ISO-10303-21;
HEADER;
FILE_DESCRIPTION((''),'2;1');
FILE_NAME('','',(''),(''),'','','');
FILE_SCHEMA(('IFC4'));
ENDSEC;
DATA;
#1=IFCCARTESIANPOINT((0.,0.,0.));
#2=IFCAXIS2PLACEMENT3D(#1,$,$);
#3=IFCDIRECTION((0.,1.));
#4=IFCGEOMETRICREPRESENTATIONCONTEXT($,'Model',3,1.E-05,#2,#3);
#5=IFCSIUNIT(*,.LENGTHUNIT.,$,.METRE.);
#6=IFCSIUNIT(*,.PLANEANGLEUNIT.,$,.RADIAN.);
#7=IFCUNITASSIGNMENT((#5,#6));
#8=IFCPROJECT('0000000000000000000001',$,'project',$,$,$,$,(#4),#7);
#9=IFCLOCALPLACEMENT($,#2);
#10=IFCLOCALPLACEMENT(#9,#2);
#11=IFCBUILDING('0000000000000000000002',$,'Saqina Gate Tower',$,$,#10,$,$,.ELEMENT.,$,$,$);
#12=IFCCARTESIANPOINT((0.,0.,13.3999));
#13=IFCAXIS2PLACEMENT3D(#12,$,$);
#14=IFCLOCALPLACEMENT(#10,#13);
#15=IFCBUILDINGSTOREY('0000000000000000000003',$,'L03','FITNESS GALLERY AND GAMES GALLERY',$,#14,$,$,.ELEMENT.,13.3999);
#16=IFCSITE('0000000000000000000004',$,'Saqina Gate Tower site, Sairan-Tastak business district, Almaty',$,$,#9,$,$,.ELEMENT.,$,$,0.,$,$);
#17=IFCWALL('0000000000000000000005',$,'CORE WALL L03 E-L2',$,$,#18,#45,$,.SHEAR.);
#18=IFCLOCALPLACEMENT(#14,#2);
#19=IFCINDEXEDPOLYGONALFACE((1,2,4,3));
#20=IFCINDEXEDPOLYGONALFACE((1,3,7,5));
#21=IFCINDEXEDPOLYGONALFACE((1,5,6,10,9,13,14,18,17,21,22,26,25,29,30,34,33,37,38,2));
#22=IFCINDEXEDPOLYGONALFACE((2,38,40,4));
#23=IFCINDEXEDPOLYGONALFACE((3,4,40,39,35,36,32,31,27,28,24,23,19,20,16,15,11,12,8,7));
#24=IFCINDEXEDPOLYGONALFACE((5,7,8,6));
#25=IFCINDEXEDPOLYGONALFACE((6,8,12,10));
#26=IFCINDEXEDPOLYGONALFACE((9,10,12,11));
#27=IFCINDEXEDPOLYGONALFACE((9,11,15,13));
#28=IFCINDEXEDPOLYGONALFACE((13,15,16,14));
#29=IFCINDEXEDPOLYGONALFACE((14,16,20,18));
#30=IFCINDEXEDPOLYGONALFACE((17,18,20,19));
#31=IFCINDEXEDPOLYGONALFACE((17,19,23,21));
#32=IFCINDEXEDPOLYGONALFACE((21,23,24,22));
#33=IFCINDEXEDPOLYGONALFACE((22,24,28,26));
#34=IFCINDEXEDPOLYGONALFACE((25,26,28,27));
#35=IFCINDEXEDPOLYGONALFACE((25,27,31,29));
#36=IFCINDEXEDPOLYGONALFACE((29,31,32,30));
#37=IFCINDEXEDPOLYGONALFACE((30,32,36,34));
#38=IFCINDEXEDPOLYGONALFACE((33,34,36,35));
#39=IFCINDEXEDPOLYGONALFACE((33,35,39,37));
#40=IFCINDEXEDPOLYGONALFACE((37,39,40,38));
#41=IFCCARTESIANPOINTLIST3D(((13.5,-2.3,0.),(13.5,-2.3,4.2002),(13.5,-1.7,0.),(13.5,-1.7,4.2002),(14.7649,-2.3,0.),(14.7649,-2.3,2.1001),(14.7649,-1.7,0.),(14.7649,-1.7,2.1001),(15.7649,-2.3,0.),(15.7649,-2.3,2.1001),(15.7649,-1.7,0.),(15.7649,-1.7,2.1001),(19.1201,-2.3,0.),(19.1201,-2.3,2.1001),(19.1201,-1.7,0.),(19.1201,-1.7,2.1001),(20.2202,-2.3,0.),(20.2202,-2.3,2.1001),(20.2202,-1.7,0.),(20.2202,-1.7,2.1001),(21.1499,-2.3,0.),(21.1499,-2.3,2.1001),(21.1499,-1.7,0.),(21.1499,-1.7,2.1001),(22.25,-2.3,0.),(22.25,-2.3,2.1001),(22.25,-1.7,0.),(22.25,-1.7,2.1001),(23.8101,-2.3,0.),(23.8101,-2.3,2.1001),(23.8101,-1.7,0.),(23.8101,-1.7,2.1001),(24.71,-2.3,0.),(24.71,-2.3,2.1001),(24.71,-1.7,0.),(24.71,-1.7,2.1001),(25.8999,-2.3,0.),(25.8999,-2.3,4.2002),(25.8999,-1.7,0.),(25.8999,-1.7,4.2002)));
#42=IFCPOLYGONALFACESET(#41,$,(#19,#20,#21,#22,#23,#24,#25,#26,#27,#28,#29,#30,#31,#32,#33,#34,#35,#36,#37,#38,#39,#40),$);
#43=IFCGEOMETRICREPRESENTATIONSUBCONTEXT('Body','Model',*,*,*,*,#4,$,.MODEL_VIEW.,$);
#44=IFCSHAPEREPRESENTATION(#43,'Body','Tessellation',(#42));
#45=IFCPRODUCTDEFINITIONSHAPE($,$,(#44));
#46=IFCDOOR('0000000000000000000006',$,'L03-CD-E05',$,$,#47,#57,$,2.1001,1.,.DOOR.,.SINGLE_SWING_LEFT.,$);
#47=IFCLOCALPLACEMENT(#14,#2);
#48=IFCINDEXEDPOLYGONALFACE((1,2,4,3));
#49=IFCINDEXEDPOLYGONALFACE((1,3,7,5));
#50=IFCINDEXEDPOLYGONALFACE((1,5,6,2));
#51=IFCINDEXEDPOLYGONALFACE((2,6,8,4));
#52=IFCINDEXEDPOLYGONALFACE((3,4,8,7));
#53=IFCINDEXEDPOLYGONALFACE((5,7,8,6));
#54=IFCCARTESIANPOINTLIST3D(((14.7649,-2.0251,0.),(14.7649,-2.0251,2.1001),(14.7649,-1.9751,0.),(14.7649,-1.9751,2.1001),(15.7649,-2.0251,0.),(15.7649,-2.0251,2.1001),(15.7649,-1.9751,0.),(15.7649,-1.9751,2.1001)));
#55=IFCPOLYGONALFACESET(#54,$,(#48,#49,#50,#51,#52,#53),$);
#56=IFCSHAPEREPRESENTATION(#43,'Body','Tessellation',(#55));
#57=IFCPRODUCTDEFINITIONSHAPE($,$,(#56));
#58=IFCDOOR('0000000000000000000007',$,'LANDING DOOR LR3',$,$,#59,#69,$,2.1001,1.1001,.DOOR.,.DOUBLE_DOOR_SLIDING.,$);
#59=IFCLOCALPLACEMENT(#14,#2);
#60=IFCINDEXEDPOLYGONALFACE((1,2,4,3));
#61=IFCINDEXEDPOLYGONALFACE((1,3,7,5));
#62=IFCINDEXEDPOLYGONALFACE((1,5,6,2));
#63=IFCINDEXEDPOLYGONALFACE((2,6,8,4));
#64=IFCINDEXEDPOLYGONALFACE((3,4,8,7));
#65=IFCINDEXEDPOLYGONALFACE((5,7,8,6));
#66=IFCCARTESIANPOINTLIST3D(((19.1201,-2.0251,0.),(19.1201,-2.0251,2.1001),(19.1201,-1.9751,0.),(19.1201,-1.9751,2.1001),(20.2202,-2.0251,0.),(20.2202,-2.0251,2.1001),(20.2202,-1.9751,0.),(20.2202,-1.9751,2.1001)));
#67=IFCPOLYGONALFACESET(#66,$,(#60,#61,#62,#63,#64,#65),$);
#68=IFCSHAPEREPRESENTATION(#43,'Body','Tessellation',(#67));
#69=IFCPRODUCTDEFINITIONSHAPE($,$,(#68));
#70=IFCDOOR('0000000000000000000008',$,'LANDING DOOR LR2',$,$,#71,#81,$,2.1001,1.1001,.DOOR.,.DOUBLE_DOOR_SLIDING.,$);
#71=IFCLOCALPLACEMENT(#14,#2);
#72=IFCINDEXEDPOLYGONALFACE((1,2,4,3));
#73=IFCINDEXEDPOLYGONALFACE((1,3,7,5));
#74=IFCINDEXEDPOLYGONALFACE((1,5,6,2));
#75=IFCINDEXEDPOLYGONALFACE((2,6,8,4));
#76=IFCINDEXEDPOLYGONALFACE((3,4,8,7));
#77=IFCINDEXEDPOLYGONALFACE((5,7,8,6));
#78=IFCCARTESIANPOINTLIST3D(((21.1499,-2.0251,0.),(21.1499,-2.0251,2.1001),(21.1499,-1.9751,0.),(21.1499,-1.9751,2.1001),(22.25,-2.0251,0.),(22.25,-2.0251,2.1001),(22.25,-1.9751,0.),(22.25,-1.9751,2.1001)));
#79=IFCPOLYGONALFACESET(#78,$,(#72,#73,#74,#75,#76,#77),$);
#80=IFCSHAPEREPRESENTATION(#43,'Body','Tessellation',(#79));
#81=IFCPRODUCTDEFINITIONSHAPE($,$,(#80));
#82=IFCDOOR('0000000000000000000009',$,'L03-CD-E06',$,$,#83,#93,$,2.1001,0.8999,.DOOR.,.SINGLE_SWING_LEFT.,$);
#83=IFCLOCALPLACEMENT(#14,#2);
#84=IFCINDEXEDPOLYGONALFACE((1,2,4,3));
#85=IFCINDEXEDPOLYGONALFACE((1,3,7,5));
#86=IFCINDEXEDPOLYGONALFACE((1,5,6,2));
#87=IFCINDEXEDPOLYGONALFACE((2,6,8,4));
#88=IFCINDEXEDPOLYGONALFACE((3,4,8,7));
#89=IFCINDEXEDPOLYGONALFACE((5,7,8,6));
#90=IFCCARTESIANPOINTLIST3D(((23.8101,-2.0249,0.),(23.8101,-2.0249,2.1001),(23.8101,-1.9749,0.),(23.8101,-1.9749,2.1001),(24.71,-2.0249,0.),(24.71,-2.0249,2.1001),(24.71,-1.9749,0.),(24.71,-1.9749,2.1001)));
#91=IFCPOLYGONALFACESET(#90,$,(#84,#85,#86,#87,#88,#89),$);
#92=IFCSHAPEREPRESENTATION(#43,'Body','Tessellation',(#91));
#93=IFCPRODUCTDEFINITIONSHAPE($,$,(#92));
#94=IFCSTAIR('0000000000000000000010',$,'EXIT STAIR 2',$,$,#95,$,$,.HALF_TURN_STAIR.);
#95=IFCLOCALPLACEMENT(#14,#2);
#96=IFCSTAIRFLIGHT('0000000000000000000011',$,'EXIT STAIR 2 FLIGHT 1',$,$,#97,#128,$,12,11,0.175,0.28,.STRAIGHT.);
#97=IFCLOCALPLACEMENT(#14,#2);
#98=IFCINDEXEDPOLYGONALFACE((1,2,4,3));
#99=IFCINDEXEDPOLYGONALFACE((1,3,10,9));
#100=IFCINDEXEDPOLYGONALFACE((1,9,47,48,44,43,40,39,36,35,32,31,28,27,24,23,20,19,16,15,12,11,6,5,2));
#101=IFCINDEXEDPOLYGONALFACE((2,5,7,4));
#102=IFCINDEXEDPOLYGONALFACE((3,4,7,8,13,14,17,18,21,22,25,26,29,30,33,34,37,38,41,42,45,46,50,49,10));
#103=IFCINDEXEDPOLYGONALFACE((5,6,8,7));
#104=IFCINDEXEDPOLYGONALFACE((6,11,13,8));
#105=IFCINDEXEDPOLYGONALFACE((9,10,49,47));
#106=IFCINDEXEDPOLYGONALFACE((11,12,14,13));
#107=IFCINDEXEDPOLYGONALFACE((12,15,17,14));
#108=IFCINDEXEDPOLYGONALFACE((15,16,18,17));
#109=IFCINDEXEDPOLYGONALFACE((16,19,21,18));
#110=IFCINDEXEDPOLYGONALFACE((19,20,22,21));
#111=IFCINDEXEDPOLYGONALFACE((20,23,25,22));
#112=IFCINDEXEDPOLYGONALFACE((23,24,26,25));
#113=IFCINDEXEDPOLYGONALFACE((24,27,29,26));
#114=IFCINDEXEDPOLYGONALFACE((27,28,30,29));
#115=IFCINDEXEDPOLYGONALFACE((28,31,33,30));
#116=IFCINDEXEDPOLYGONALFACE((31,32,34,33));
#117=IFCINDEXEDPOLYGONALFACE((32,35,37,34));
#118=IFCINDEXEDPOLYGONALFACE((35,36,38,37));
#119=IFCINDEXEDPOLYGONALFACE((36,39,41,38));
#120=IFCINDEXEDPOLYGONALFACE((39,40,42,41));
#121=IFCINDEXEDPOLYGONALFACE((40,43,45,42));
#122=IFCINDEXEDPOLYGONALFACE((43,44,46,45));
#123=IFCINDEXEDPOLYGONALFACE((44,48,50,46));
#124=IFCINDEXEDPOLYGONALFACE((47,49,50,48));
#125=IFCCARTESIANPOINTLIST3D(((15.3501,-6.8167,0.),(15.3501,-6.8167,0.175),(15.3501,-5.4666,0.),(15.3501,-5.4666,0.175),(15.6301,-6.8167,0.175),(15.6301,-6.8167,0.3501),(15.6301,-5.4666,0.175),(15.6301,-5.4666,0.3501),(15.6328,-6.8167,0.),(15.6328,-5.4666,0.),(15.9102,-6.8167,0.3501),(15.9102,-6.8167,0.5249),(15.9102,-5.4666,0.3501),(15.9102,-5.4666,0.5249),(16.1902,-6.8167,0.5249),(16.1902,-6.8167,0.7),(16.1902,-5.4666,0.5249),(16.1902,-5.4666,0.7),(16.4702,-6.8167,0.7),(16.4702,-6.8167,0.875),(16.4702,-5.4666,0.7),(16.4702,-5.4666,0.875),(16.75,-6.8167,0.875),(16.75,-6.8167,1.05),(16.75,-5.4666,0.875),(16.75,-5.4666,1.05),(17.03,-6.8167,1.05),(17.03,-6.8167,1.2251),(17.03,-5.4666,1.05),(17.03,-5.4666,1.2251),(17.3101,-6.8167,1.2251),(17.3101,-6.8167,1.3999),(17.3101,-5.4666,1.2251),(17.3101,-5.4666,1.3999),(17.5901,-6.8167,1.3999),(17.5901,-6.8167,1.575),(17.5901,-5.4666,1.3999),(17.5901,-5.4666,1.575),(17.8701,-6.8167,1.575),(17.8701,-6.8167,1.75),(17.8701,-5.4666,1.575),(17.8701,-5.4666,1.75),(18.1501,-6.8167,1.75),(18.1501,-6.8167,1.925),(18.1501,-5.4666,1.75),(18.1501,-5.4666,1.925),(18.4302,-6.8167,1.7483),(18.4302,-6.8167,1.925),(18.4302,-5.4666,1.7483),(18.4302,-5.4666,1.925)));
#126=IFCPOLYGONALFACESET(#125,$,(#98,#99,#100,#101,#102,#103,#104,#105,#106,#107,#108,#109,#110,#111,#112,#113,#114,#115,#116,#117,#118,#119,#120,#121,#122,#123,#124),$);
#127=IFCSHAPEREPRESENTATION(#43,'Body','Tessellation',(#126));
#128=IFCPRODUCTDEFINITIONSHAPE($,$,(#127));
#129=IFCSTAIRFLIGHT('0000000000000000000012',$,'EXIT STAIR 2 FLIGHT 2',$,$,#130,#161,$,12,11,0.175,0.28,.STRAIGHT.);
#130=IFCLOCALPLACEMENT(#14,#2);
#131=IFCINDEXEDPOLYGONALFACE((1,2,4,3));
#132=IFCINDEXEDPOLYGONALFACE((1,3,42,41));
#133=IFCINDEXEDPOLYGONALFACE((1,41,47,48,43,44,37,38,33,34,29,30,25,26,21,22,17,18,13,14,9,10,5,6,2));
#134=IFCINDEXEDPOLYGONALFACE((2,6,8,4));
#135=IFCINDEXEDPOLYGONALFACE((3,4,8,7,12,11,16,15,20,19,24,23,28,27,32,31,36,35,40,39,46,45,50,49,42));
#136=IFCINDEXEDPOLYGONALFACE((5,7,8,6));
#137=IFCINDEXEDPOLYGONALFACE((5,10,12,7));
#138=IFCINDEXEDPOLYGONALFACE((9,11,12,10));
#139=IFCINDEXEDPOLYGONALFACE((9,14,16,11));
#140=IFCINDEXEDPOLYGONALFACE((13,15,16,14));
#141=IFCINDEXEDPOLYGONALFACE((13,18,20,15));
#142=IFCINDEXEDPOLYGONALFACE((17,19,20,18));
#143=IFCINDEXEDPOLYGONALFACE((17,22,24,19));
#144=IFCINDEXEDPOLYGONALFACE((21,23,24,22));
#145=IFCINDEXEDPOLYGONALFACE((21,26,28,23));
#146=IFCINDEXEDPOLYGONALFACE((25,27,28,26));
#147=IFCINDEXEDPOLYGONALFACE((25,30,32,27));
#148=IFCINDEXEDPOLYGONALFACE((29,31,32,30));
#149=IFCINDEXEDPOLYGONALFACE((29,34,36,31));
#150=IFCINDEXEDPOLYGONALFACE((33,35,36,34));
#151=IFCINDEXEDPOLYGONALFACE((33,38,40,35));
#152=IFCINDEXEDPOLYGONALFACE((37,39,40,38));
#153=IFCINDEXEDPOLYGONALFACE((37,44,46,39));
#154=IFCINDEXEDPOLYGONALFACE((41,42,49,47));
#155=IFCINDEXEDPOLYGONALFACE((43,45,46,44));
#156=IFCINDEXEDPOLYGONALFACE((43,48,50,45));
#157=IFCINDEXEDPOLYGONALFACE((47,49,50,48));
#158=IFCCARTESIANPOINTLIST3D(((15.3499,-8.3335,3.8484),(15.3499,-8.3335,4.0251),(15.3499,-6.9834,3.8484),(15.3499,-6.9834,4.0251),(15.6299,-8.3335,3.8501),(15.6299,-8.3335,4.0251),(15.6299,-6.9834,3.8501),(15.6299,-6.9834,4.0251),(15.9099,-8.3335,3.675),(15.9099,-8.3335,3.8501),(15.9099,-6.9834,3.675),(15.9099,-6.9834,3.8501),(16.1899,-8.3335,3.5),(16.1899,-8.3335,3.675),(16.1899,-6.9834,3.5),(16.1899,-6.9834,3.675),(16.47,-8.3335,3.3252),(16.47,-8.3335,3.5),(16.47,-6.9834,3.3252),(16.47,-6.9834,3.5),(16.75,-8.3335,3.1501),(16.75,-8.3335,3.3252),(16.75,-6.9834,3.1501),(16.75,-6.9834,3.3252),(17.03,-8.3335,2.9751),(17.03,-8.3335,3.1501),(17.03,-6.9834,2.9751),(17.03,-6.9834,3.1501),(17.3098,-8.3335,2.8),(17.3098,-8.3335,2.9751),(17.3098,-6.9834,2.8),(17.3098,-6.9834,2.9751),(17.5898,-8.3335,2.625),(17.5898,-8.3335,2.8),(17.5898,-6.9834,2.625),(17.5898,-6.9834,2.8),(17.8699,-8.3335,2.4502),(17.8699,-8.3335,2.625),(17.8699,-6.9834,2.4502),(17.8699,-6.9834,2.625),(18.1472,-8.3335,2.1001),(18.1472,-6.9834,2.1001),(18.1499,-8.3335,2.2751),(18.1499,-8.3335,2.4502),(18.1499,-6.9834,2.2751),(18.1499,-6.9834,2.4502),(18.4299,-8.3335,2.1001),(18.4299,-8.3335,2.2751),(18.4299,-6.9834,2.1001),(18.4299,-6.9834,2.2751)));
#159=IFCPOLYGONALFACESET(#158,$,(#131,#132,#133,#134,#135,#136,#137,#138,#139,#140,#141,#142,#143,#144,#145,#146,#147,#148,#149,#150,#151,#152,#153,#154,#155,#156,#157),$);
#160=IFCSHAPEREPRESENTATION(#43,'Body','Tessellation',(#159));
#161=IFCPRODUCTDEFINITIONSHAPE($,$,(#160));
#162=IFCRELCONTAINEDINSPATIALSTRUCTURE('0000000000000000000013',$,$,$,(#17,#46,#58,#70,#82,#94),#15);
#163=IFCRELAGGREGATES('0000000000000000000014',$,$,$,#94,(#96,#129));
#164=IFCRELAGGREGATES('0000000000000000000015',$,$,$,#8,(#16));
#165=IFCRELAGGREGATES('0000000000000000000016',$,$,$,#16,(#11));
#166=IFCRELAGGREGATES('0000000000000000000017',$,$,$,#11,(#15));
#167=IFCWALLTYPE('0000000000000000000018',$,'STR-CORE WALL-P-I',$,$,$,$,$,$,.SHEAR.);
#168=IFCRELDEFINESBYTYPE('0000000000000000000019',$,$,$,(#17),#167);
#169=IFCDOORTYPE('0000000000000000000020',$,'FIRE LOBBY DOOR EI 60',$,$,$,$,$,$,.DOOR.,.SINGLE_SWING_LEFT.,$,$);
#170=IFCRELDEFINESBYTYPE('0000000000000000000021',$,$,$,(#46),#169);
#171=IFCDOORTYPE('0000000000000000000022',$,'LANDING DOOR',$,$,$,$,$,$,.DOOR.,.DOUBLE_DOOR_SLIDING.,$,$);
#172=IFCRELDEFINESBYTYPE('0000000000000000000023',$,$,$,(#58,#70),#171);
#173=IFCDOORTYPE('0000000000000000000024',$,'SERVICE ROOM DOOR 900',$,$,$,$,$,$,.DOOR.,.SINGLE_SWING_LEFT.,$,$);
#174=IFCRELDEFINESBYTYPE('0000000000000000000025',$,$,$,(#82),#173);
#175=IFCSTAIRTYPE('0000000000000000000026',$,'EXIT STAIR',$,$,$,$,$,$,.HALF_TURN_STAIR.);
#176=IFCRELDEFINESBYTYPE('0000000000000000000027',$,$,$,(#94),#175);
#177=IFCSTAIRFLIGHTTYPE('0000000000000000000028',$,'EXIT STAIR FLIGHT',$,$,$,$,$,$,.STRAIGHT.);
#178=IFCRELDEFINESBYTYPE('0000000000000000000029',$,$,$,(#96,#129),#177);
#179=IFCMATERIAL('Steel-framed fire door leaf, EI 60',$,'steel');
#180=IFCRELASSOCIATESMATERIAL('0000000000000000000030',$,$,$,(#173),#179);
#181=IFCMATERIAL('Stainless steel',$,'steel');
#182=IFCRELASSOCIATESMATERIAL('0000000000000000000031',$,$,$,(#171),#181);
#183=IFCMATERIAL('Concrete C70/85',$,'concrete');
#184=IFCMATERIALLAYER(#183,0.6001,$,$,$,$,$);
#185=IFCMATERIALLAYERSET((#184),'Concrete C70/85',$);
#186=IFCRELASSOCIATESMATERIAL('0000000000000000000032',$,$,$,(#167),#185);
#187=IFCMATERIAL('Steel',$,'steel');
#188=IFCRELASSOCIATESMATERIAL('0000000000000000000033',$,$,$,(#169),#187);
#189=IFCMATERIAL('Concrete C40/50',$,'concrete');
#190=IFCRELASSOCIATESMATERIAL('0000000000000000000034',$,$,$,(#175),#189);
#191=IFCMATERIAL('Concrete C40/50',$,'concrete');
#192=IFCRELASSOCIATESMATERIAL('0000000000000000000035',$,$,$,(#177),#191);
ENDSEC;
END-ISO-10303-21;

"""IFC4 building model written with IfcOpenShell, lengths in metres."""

from ifc_helpers import new_model, si_unit, direction, frame, frame_2d, origin, place, context, subcontext, project, spatial, polyline, rectangle, outline, extrude, material, layer, layer_set, type_object, element, fill, aggregate, save


model = new_model("IFC4")

# Units and contexts
model_context = context("Model", 3, precision=1e-05, world=origin(), true_north=direction((0.0, 1.0)))
body_context = subcontext(model_context, "Body", "Model", "MODEL_VIEW")
ifc_project = project(units=[si_unit("LENGTHUNIT", "METRE"), si_unit("PLANEANGLEUNIT", "RADIAN")], contexts=[model_context])

# Site, building, storey
site_placement = place(None, origin())
site = spatial("IfcSite", under=ifc_project, at=site_placement, Name="Saqina Gate Tower site, Sairan-Tastak business district, Almaty", CompositionType="ELEMENT", RefElevation=0.0)
building_placement = place(site_placement, origin())
building = spatial("IfcBuilding", under=site, at=building_placement, Name="Saqina Gate Tower", CompositionType="ELEMENT")
storey_placement = place(building_placement, frame((0.0, 0.0, 13.3999)))
storey = spatial("IfcBuildingStorey", under=building, at=storey_placement, Name="L03", Description="FITNESS GALLERY AND GAMES GALLERY", CompositionType="ELEMENT", Elevation=13.3999)

# Shared definitions
ifc_material_1 = material(Name="Steel-framed fire door leaf, EI 60", Category="steel")
door_type_1 = type_object("IfcDoorType", Name="SERVICE ROOM DOOR 900", OperationType="SINGLE_SWING_LEFT", PredefinedType="DOOR", material=ifc_material_1)
ifc_material_2 = material(Name="Stainless steel", Category="steel")
door_type_2 = type_object("IfcDoorType", Name="LANDING DOOR", OperationType="DOUBLE_DOOR_SLIDING", PredefinedType="DOOR", material=ifc_material_2)

# Wall, openings, doors
ifc_material_3 = material(Name="Concrete C70/85", Category="concrete")
ifc_layer_1 = layer(ifc_material_3, 0.6001)
ifc_layer_set_1 = layer_set([ifc_layer_1], Name="Concrete C70/85")
wall_type_1 = type_object("IfcWallType", Name="STR-CORE WALL-P-I", PredefinedType="SHEAR", material=ifc_layer_set_1)
wall_1_placement = place(storey_placement, frame((13.5, -2.0, 0.0), z_axis=(0.0, 0.0, 1.0), x_axis=(1.0, 0.0, 0.0)))
wall_1 = element("IfcWall", 1, at=wall_1_placement, inside=storey, type_object=wall_type_1, Name="CORE WALL L03 E-L2", PredefinedType="SHEAR", context=body_context, shape_type="SweptSolid", body=[
    extrude(rectangle(XDim=12.3999, YDim=0.6001, at=frame_2d((6.2, 0.0))), origin(), (0.0, 0.0, 1.0), 4.2002),
])
opening_1_placement = place(wall_1_placement, frame((5.6201, 0.0, 0.0)))
opening_1 = element("IfcOpeningElement", 2, at=opening_1_placement, cuts=wall_1, PredefinedType="OPENING", context=body_context, shape_type="SweptSolid", body=[
    extrude(rectangle(XDim=1.1001, YDim=2.1001, at=frame_2d((0.55, 1.05))), frame((0.0, 0.312, 0.0), z_axis=(0.0, -1.0, 0.0), x_axis=(1.0, 0.0, 0.0)), (0.0, 0.0, 1.0), 0.624),
])
opening_2_placement = place(wall_1_placement, frame((7.6499, 0.0, 0.0)))
opening_2 = element("IfcOpeningElement", 3, at=opening_2_placement, cuts=wall_1, PredefinedType="OPENING", context=body_context, shape_type="SweptSolid", body=[
    extrude(rectangle(XDim=1.1001, YDim=2.1001, at=frame_2d((0.55, 1.05))), frame((0.0, 0.312, 0.0), z_axis=(0.0, -1.0, 0.0), x_axis=(1.0, 0.0, 0.0)), (0.0, 0.0, 1.0), 0.624),
])
opening_3_placement = place(wall_1_placement, frame((1.2649, 0.0, 0.0)))
opening_3 = element("IfcOpeningElement", 4, at=opening_3_placement, cuts=wall_1, PredefinedType="OPENING", context=body_context, shape_type="SweptSolid", body=[
    extrude(rectangle(XDim=1.0, YDim=2.1001, at=frame_2d((0.5, 1.05))), frame((0.0, 0.312, 0.0), z_axis=(0.0, -1.0, 0.0), x_axis=(1.0, 0.0, 0.0)), (0.0, 0.0, 1.0), 0.624),
])
opening_4_placement = place(wall_1_placement, frame((10.3101, 0.0, 0.0)))
opening_4 = element("IfcOpeningElement", 5, at=opening_4_placement, cuts=wall_1, PredefinedType="OPENING", context=body_context, shape_type="SweptSolid", body=[
    extrude(rectangle(XDim=0.8999, YDim=2.1001, at=frame_2d((0.45, 1.05))), frame((0.0, 0.312, 0.0), z_axis=(0.0, -1.0, 0.0), x_axis=(1.0, 0.0, 0.0)), (0.0, 0.0, 1.0), 0.624),
])
ifc_material_4 = material(Name="Steel", Category="steel")
door_type_3 = type_object("IfcDoorType", Name="FIRE LOBBY DOOR EI 60", OperationType="SINGLE_SWING_LEFT", PredefinedType="DOOR", material=ifc_material_4)
door_1_placement = place(opening_3_placement, origin())
door_1 = element("IfcDoor", 6, at=door_1_placement, inside=storey, type_object=door_type_3, Name="L03-CD-E05", OperationType="SINGLE_SWING_LEFT", OverallHeight=2.1001, OverallWidth=1.0, PredefinedType="DOOR", context=body_context, shape_type="SweptSolid", body=[
    extrude(rectangle(XDim=1.0, YDim=2.1001, at=frame_2d((0.5, 1.05))), frame((0.0, 0.0249, 0.0), z_axis=(0.0, -1.0, 0.0), x_axis=(1.0, 0.0, 0.0)), (0.0, 0.0, 1.0), 0.05),
])
fill(opening_3, door_1)
door_2_placement = place(opening_1_placement, origin())
door_2 = element("IfcDoor", 7, at=door_2_placement, inside=storey, type_object=door_type_2, Name="LANDING DOOR LR3", OperationType="DOUBLE_DOOR_SLIDING", OverallHeight=2.1001, OverallWidth=1.1001, PredefinedType="DOOR", context=body_context, shape_type="SweptSolid", body=[
    extrude(rectangle(XDim=1.1001, YDim=2.1001, at=frame_2d((0.55, 1.05))), frame((0.0, 0.0249, 0.0), z_axis=(0.0, -1.0, 0.0), x_axis=(1.0, 0.0, 0.0)), (0.0, 0.0, 1.0), 0.05),
])
fill(opening_1, door_2)
door_3_placement = place(opening_2_placement, origin())
door_3 = element("IfcDoor", 8, at=door_3_placement, inside=storey, type_object=door_type_2, Name="LANDING DOOR LR2", OperationType="DOUBLE_DOOR_SLIDING", OverallHeight=2.1001, OverallWidth=1.1001, PredefinedType="DOOR", context=body_context, shape_type="SweptSolid", body=[
    extrude(rectangle(XDim=1.1001, YDim=2.1001, at=frame_2d((0.55, 1.05))), frame((0.0, 0.0249, 0.0), z_axis=(0.0, -1.0, 0.0), x_axis=(1.0, 0.0, 0.0)), (0.0, 0.0, 1.0), 0.05),
])
fill(opening_2, door_3)
door_4_placement = place(opening_4_placement, frame((0.8999, 0.0, 0.0), z_axis=(0.0, 0.0, 1.0), x_axis=(-1.0, 0.0, 0.0)))
door_4 = element("IfcDoor", 9, at=door_4_placement, inside=storey, type_object=door_type_1, Name="L03-CD-E06", OperationType="SINGLE_SWING_LEFT", OverallHeight=2.1001, OverallWidth=0.8999, PredefinedType="DOOR", context=body_context, shape_type="SweptSolid", body=[
    extrude(rectangle(XDim=0.8999, YDim=2.1001, at=frame_2d((0.45, 1.05))), frame((0.0, 0.0249, 0.0), z_axis=(0.0, -1.0, 0.0), x_axis=(1.0, 0.0, 0.0)), (0.0, 0.0, 1.0), 0.05),
])
fill(opening_4, door_4)

# Stair, stair flights
ifc_material_5 = material(Name="Concrete C40/50", Category="concrete")
stair_type = type_object("IfcStairType", Name="EXIT STAIR", PredefinedType="HALF_TURN_STAIR", material=ifc_material_5)
stair_placement = place(storey_placement, origin())
stair = element("IfcStair", 10, at=stair_placement, inside=storey, type_object=stair_type, Name="EXIT STAIR 2", PredefinedType="HALF_TURN_STAIR")
ifc_material_6 = material(Name="Concrete C40/50", Category="concrete")
stair_flight_type = type_object("IfcStairFlightType", Name="EXIT STAIR FLIGHT", PredefinedType="STRAIGHT", material=ifc_material_6)
stair_flight_1_placement = place(storey_placement, frame((15.3501, -6.1416, 0.0), z_axis=(0.0, 0.0, 1.0), x_axis=(1.0, 0.0, 0.0)))
stair_flight_1 = element("IfcStairFlight", 11, at=stair_flight_1_placement, type_object=stair_flight_type, Name="EXIT STAIR 2 FLIGHT 1", NumberOfRisers=12, NumberOfTreads=11, PredefinedType="STRAIGHT", RiserHeight=0.175, TreadLength=0.28, context=body_context, shape_type="SweptSolid", body=[
    extrude(outline(polyline([(0.0, 0.0), (0.0, 0.175), (0.28, 0.175), (0.28, 0.3501), (0.5601, 0.3501), (0.5601, 0.5249), (0.8401, 0.5249), (0.8401, 0.7), (1.1201, 0.7), (1.1201, 0.875), (1.3999, 0.875), (1.3999, 1.05), (1.6799, 1.05), (1.6799, 1.2251), (1.96, 1.2251), (1.96, 1.3999), (2.24, 1.3999), (2.24, 1.575), (2.52, 1.575), (2.52, 1.75), (2.8, 1.75), (2.8, 1.925), (3.0801, 1.925), (3.0801, 2.1001), (3.0801, 1.7483), (0.2827, 0.0), (0.0, 0.0)])), frame((0.0, 0.675, 0.0), z_axis=(0.0, -1.0, 0.0), x_axis=(1.0, 0.0, 0.0)), (0.0, 0.0, 1.0), 1.3501),
])
stair_flight_2_placement = place(storey_placement, frame((18.4299, -7.6584, 2.1001), z_axis=(0.0, 0.0, 1.0), x_axis=(-1.0, 0.0, 0.0)))
stair_flight_2 = element("IfcStairFlight", 12, at=stair_flight_2_placement, type_object=stair_flight_type, Name="EXIT STAIR 2 FLIGHT 2", NumberOfRisers=12, NumberOfTreads=11, PredefinedType="STRAIGHT", RiserHeight=0.175, TreadLength=0.28, context=body_context, shape_type="SweptSolid", body=[
    extrude(outline(polyline([(0.0, 0.0), (0.0, 0.175), (0.28, 0.175), (0.28, 0.3501), (0.5601, 0.3501), (0.5601, 0.5249), (0.8401, 0.5249), (0.8401, 0.7), (1.1201, 0.7), (1.1201, 0.875), (1.3999, 0.875), (1.3999, 1.05), (1.6799, 1.05), (1.6799, 1.2251), (1.96, 1.2251), (1.96, 1.3999), (2.24, 1.3999), (2.24, 1.575), (2.52, 1.575), (2.52, 1.75), (2.8, 1.75), (2.8, 1.925), (3.0801, 1.925), (3.0801, 2.1001), (3.0801, 1.7483), (0.2827, 0.0), (0.0, 0.0)])), frame((0.0, 0.675, 0.0), z_axis=(0.0, -1.0, 0.0), x_axis=(1.0, 0.0, 0.0)), (0.0, 0.0, 1.0), 1.3501),
])
aggregate(stair, [stair_flight_1, stair_flight_2])

save(model, "model.ifc")
